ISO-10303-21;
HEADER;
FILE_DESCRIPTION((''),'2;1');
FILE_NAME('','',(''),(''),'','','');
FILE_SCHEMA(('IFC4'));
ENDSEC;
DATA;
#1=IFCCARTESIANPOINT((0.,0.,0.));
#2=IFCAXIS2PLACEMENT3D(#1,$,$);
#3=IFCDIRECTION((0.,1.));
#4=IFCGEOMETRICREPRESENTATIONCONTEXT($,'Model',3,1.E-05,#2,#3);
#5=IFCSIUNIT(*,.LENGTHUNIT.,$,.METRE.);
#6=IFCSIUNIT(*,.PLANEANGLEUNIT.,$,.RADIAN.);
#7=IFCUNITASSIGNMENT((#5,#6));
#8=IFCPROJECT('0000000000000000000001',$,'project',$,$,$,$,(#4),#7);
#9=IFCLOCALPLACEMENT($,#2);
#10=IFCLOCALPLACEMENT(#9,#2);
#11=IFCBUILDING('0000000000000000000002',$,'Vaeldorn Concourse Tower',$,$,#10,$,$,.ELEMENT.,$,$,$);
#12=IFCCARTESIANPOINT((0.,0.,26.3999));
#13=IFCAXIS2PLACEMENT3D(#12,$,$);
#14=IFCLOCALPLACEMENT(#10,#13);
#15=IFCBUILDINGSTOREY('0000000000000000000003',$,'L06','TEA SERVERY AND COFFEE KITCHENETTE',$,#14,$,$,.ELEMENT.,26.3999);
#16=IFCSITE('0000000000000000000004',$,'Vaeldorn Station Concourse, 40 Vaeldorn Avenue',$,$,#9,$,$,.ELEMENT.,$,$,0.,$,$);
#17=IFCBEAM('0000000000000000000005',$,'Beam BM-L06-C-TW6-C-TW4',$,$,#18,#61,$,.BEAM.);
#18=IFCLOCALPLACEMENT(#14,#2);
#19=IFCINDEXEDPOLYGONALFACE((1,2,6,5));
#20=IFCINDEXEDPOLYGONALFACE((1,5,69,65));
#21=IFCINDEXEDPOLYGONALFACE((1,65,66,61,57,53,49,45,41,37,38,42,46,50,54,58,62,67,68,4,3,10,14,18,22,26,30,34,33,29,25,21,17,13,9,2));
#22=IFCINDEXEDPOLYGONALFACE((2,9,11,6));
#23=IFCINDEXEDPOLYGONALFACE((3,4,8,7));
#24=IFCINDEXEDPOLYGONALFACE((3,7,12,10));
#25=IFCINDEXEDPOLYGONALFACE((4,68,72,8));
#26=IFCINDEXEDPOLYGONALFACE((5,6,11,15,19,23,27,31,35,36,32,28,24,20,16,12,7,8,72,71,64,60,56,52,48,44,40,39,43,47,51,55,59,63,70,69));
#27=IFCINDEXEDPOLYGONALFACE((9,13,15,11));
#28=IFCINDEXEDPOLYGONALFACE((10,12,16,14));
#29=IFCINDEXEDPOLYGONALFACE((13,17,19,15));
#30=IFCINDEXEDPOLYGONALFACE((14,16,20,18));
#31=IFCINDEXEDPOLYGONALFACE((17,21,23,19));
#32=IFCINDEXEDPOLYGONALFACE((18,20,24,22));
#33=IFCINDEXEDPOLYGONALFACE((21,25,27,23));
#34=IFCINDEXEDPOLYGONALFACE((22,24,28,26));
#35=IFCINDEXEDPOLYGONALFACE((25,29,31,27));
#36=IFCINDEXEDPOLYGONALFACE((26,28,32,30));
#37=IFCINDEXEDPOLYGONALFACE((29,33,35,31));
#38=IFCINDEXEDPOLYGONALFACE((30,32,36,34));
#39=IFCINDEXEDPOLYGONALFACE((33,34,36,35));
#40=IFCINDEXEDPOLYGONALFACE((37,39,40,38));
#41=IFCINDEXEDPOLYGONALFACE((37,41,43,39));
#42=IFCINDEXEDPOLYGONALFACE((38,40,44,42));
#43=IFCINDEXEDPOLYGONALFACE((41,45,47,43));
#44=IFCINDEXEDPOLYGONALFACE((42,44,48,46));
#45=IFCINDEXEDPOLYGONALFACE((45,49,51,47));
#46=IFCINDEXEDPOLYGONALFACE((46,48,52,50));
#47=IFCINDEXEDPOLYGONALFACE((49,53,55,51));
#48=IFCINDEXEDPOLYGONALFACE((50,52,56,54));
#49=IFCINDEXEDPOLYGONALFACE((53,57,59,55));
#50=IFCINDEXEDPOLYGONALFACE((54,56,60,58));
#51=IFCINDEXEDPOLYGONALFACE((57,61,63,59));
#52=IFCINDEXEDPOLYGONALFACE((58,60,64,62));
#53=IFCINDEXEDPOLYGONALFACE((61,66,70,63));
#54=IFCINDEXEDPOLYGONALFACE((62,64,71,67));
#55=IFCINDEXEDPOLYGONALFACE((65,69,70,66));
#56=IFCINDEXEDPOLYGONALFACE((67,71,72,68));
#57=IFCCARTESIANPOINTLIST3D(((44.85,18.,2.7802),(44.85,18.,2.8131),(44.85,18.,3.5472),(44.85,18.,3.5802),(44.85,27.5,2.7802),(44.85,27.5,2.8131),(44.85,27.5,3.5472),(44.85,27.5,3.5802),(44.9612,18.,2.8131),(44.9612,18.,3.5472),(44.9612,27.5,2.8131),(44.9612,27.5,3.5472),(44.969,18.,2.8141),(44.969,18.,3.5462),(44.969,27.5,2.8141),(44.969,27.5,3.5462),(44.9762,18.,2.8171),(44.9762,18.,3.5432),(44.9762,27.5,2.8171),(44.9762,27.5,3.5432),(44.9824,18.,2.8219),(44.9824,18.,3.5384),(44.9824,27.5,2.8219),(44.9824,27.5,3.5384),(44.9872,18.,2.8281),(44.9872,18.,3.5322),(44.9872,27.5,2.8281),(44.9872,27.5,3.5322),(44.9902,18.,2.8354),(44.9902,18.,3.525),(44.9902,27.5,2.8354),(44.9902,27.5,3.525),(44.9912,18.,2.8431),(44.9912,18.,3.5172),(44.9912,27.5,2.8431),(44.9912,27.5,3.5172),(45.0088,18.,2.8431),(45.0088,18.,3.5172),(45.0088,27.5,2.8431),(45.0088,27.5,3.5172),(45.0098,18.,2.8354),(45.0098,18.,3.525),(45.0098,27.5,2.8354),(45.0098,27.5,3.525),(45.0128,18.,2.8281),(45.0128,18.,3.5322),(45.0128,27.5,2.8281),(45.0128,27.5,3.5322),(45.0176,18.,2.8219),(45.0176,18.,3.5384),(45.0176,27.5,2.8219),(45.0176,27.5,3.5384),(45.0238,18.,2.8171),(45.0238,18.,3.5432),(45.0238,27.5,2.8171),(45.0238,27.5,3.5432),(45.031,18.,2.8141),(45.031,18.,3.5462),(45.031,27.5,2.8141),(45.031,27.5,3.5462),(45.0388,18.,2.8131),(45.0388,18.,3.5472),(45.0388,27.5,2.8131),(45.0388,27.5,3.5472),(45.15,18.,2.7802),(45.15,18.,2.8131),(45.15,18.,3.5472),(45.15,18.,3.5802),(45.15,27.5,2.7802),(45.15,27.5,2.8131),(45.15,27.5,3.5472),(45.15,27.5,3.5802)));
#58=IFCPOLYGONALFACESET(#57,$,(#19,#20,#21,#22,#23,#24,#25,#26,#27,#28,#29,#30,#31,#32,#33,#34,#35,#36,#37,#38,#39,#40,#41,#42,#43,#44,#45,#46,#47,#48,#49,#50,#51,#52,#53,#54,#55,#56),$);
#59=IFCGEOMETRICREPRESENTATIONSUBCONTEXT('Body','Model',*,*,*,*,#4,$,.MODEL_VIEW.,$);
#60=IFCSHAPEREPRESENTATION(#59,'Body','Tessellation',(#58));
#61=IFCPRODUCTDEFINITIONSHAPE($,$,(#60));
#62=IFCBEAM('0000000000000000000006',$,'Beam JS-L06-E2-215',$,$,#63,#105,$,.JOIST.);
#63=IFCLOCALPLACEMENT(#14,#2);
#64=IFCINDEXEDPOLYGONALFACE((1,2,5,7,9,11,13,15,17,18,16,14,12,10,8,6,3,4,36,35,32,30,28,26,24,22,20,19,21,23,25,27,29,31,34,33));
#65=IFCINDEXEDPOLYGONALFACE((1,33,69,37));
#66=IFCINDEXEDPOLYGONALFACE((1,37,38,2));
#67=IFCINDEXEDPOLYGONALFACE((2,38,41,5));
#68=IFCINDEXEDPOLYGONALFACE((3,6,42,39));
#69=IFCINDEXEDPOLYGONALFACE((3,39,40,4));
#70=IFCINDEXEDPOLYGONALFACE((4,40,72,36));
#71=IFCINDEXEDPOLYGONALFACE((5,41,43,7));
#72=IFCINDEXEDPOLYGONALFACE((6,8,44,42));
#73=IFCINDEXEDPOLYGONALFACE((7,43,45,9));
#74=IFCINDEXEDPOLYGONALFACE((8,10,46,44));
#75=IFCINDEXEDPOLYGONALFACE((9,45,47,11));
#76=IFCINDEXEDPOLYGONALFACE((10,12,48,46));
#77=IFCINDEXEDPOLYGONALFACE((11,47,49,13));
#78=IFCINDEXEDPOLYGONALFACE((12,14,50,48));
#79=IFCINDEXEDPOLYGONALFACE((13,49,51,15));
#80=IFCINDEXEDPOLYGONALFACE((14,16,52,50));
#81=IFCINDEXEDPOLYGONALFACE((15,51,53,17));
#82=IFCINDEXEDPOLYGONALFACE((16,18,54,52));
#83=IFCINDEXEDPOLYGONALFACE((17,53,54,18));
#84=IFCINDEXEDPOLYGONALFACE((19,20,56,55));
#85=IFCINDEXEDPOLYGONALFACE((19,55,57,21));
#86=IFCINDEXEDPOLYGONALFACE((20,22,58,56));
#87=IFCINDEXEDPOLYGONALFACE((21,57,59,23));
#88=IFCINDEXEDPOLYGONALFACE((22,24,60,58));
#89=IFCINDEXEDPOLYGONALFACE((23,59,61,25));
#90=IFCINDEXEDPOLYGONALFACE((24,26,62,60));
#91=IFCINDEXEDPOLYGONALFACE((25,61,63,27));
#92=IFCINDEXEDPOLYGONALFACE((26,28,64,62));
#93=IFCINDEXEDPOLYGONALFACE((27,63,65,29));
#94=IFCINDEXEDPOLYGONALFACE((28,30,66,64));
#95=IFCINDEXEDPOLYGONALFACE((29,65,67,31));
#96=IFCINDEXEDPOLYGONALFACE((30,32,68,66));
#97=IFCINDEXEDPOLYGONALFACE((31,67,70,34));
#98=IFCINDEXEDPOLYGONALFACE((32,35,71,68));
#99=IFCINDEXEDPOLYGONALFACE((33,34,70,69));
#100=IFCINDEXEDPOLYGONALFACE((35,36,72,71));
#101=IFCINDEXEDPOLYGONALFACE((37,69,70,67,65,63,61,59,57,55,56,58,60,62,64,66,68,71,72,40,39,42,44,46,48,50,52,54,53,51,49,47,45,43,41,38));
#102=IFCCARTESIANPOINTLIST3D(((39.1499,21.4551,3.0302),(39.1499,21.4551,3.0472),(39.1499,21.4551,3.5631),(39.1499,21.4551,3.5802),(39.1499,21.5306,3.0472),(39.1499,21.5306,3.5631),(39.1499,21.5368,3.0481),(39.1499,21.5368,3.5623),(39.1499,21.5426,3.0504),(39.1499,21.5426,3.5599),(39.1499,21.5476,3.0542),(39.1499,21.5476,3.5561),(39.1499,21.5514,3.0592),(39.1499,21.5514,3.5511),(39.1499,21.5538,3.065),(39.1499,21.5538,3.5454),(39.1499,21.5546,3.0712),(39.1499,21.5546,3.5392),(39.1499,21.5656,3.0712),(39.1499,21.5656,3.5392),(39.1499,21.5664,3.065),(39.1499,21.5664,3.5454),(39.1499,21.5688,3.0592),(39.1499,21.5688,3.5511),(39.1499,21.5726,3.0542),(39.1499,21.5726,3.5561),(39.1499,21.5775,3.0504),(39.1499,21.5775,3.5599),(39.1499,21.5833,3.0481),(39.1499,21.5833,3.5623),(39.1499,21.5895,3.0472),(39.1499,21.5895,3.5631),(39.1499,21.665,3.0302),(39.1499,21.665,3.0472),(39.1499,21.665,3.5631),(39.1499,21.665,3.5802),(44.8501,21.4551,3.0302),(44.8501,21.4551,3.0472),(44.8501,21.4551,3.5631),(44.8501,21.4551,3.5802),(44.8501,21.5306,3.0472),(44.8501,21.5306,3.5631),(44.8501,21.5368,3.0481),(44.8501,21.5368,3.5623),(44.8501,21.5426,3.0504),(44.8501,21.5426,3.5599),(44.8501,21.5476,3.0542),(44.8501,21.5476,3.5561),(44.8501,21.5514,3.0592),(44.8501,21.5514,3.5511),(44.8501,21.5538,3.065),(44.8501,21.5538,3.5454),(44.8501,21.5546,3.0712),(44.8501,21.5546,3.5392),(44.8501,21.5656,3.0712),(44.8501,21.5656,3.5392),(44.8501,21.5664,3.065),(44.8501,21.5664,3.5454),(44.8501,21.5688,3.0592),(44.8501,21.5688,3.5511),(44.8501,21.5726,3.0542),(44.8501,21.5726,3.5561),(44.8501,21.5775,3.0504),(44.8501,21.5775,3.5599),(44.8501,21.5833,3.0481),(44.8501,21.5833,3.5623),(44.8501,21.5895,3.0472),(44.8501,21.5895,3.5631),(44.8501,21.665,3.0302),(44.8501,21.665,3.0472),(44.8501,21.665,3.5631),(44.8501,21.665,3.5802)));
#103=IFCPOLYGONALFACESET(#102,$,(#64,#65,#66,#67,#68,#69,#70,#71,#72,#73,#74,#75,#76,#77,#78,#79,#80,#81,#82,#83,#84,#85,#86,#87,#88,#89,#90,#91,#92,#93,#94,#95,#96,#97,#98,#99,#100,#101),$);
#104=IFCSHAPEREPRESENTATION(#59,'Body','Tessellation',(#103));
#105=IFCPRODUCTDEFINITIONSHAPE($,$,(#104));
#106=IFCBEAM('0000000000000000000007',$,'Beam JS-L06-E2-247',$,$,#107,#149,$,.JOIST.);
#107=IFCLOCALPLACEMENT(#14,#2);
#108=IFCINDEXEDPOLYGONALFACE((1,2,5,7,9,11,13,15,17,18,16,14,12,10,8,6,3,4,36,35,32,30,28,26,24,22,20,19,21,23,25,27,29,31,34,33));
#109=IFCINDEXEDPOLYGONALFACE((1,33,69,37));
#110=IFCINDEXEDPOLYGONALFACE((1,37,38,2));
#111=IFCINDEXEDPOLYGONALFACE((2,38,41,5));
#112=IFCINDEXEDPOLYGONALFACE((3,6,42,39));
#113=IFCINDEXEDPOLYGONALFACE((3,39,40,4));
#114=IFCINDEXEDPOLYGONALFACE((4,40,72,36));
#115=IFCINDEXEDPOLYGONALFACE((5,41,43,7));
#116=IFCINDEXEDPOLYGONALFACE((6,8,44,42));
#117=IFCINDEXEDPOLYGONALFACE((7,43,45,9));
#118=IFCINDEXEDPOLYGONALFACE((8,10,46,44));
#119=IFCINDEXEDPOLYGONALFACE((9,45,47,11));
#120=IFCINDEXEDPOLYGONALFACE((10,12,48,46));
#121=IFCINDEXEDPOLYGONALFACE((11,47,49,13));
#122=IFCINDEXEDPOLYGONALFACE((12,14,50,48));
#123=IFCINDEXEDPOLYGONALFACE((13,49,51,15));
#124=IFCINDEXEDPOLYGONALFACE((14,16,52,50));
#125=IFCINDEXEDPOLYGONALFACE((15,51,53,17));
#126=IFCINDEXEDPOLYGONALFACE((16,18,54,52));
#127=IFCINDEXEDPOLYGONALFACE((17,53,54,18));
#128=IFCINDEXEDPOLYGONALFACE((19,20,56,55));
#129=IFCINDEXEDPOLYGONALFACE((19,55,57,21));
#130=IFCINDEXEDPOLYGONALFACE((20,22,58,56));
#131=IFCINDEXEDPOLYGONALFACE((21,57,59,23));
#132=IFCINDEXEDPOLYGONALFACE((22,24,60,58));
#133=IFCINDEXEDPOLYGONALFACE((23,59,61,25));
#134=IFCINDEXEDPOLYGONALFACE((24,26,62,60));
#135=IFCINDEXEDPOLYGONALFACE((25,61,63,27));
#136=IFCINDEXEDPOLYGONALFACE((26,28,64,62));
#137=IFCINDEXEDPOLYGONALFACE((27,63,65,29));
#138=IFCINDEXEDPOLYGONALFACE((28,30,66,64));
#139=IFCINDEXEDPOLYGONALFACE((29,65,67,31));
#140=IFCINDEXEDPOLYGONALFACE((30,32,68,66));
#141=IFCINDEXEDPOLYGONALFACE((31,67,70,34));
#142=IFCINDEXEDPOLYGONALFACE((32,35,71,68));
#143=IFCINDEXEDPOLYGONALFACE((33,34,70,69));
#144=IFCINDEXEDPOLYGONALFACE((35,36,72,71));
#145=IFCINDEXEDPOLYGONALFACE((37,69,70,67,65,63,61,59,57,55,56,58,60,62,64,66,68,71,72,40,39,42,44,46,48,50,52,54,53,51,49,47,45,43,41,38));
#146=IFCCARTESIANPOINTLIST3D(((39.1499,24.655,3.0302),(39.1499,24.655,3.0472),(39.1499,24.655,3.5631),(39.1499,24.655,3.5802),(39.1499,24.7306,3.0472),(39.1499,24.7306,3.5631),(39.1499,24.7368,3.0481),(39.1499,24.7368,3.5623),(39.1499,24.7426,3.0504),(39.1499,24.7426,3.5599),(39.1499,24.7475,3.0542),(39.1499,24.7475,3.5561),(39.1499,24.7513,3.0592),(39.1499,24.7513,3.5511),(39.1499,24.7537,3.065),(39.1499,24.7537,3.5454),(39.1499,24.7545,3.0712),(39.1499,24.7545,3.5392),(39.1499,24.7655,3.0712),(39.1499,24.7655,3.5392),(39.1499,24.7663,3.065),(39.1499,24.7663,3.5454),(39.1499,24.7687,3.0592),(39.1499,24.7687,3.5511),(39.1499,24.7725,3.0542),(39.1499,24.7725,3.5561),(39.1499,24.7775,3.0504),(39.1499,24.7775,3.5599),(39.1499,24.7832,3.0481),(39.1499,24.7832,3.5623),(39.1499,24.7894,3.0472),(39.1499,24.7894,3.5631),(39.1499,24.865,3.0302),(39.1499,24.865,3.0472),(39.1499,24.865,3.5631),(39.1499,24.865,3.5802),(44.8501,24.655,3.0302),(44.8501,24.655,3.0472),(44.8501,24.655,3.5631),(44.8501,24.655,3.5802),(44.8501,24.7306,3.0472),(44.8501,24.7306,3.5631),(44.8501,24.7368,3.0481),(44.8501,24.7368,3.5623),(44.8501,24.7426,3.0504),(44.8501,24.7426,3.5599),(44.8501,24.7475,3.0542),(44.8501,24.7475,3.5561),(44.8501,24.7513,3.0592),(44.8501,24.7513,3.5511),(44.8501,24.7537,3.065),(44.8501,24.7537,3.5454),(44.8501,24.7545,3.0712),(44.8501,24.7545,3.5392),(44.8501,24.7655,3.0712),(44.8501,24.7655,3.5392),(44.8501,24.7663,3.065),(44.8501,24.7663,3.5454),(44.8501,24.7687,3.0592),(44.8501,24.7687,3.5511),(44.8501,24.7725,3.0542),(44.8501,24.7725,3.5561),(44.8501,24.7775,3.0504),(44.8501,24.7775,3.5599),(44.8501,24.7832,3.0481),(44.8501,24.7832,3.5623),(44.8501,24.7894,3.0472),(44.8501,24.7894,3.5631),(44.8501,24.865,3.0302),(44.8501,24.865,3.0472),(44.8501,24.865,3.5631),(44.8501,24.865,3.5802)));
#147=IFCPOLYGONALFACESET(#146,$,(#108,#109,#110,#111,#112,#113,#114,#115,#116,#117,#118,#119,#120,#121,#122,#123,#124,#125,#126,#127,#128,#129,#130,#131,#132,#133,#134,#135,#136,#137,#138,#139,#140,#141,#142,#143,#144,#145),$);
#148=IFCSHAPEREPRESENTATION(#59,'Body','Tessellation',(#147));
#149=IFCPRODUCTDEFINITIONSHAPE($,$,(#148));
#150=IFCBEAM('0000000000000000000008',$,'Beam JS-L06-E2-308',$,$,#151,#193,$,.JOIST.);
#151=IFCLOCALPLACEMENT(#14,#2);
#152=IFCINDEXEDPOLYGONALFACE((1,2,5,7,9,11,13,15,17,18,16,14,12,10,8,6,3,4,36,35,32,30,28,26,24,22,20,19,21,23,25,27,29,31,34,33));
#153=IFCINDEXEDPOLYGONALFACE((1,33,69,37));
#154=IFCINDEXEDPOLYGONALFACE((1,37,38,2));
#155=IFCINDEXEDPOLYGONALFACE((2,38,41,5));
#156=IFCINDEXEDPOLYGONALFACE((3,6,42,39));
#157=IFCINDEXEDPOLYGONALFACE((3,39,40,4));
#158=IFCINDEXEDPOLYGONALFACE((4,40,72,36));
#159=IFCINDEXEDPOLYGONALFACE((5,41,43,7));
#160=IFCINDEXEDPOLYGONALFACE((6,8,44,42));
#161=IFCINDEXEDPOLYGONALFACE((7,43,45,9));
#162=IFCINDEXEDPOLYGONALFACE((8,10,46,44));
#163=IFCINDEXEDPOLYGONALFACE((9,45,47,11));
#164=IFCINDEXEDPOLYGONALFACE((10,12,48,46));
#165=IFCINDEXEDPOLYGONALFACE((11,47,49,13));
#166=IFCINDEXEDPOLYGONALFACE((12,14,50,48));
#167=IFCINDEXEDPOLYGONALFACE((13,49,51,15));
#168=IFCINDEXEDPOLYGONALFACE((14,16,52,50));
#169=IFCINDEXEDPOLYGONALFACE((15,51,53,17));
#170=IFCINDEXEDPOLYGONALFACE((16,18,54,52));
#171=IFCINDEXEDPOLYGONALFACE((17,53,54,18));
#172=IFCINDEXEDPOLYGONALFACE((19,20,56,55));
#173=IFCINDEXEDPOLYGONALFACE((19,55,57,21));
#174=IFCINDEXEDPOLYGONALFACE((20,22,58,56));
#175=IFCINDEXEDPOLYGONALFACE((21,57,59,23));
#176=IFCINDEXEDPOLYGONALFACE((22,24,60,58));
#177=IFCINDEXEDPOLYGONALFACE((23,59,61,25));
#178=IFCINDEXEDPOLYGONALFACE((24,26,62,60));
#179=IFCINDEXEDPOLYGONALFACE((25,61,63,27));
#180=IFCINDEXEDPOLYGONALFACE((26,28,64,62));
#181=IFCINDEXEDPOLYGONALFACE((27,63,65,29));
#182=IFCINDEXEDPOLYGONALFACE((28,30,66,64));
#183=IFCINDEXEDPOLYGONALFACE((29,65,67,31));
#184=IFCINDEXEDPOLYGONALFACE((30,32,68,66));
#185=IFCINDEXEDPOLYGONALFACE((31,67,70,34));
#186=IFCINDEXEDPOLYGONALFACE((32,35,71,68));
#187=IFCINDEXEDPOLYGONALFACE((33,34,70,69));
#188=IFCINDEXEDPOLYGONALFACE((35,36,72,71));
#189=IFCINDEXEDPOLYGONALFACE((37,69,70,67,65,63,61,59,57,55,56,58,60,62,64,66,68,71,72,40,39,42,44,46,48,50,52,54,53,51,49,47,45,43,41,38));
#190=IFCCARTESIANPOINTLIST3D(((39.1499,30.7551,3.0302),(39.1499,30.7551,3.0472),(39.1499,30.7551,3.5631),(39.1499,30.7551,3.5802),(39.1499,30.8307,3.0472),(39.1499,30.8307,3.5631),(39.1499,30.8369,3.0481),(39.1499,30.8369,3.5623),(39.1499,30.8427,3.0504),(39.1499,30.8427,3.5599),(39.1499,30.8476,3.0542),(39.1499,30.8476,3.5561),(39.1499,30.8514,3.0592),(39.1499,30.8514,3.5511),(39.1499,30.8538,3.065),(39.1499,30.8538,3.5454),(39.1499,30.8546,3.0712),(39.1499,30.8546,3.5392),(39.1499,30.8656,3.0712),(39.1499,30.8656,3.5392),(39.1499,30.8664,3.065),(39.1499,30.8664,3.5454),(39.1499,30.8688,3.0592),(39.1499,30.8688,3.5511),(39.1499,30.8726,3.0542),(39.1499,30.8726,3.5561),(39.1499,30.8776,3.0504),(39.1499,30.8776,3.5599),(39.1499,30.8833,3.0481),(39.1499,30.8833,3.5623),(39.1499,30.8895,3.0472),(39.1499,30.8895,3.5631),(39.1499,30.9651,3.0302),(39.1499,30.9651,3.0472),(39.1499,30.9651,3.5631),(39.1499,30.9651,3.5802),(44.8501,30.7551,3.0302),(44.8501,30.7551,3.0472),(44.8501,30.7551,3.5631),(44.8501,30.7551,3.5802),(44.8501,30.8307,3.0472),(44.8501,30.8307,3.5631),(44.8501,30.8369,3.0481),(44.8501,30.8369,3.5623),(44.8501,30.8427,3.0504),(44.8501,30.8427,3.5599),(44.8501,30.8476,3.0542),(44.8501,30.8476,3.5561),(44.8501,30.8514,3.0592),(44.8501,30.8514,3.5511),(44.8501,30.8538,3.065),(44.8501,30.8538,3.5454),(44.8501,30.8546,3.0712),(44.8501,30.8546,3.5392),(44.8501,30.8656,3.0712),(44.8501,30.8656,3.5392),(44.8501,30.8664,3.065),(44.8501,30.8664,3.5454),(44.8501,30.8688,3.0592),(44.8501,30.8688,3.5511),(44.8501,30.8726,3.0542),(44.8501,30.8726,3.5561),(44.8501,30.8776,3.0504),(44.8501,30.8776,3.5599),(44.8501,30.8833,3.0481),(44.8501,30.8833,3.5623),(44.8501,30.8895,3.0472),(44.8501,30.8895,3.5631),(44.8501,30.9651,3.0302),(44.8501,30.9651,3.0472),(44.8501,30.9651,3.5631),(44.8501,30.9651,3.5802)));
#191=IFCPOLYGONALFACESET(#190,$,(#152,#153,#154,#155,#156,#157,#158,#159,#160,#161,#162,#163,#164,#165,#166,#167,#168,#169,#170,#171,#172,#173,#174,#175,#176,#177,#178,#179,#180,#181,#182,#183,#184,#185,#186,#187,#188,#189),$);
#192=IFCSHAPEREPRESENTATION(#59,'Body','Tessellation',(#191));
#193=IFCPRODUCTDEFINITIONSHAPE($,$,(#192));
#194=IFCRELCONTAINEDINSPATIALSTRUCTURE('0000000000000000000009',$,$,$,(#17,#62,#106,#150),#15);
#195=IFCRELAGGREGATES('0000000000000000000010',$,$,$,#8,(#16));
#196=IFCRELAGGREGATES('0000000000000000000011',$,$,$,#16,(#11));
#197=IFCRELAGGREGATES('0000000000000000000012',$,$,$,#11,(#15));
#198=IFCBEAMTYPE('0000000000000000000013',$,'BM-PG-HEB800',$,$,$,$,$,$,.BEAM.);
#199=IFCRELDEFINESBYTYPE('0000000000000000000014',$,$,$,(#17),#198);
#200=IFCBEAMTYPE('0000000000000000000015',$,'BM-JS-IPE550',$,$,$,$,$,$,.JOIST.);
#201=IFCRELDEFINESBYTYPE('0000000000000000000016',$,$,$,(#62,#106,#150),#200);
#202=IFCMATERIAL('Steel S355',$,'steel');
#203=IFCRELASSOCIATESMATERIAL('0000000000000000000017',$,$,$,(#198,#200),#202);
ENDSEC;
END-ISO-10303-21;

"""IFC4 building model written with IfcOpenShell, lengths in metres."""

from ifc_helpers import new_model, si_unit, direction, frame, origin, origin_2d, place, context, subcontext, project, spatial, i_section, extrude, source, transform, mapped, material, material_profile, profile_set, type_object, element, save


model = new_model("IFC4")

# Units and contexts
model_context = context("Model", 3, precision=1e-05, world=origin(), true_north=direction((0.0, 1.0)))
body_context = subcontext(model_context, "Body", "Model", "MODEL_VIEW")
ifc_project = project(units=[si_unit("LENGTHUNIT", "METRE"), si_unit("PLANEANGLEUNIT", "RADIAN")], contexts=[model_context])

# Site, building, storey
site_placement = place(None, origin())
site = spatial("IfcSite", under=ifc_project, at=site_placement, Name="Vaeldorn Station Concourse, 40 Vaeldorn Avenue", CompositionType="ELEMENT", RefElevation=0.0)
building_placement = place(site_placement, origin())
building = spatial("IfcBuilding", under=site, at=building_placement, Name="Vaeldorn Concourse Tower", CompositionType="ELEMENT")
storey_placement = place(building_placement, frame((0.0, 0.0, 26.3999)))
storey = spatial("IfcBuildingStorey", under=building, at=storey_placement, Name="L06", Description="TEA SERVERY AND COFFEE KITCHENETTE", CompositionType="ELEMENT", Elevation=26.3999)

# Beams
ifc_material_1 = material(Name="Steel S355", Category="steel")
ifc_material_profile_1 = material_profile(ifc_material_1, i_section(OverallWidth=0.3, OverallDepth=0.8, WebThickness=0.0176, FlangeThickness=0.033, FilletRadius=0.03, at=origin_2d()), Name="HEB 800")
ifc_profile_set_1 = profile_set([ifc_material_profile_1], Name="Steel S355")
beam_type_1 = type_object("IfcBeamType", Name="BM-PG-HEB800", PredefinedType="BEAM", material=ifc_profile_set_1)
shared_shape_1 = source(origin(), body_context, "Body", "SweptSolid", [
    extrude(i_section(OverallWidth=0.3, OverallDepth=0.8, WebThickness=0.0176, FlangeThickness=0.033, FilletRadius=0.03, at=origin_2d()), origin(), (0.0, 0.0, 1.0), 9.5),
])
beam_1_placement = place(storey_placement, frame((45.0, 18.0, 3.1802), z_axis=(0.0, 1.0, 0.0), x_axis=(-1.0, 0.0, 0.0)))
element("IfcBeam", 1, at=beam_1_placement, inside=storey, type_object=beam_type_1, Name="Beam BM-L06-C-TW6-C-TW4", PredefinedType="BEAM", context=body_context, shape_type="MappedRepresentation", body=[
    mapped(shared_shape_1, transform((0.0, 0.0, 0.0), scale=1.0)),
])
ifc_material_profile_2 = material_profile(ifc_material_1, i_section(OverallWidth=0.21, OverallDepth=0.55, WebThickness=0.011, FlangeThickness=0.0171, FilletRadius=0.0239, at=origin_2d()), Name="IPE 550")
ifc_profile_set_2 = profile_set([ifc_material_profile_2], Name="Steel S355")
beam_type_2 = type_object("IfcBeamType", Name="BM-JS-IPE550", PredefinedType="JOIST", material=ifc_profile_set_2)
shared_shape_2 = source(origin(), body_context, "Body", "SweptSolid", [
    extrude(i_section(OverallWidth=0.21, OverallDepth=0.55, WebThickness=0.011, FlangeThickness=0.0171, FilletRadius=0.0239, at=origin_2d()), origin(), (0.0, 0.0, 1.0), 5.7002),
])
for number, where, z_axis, x_axis, name in (
    (2, (39.1499, 21.5601, 3.3052), (1.0, 0.0, 0.0), (0.0, 1.0, 0.0), "Beam JS-L06-E2-215"),
    (3, (39.1499, 24.76, 3.3052), (1.0, 0.0, 0.0), (0.0, 1.0, 0.0), "Beam JS-L06-E2-247"),
    (4, (39.1499, 30.8601, 3.3052), (1.0, 0.0, 0.0), (0.0, 1.0, 0.0), "Beam JS-L06-E2-308"),
):
    element("IfcBeam", number, at=place(storey_placement, frame(where, z_axis=z_axis, x_axis=x_axis)), inside=storey, type_object=beam_type_2, Name=name, PredefinedType="JOIST", context=body_context, shape_type="MappedRepresentation", body=[
        mapped(shared_shape_2, transform((0.0, 0.0, 0.0), scale=1.0)),
    ])

save(model, "model.ifc")
